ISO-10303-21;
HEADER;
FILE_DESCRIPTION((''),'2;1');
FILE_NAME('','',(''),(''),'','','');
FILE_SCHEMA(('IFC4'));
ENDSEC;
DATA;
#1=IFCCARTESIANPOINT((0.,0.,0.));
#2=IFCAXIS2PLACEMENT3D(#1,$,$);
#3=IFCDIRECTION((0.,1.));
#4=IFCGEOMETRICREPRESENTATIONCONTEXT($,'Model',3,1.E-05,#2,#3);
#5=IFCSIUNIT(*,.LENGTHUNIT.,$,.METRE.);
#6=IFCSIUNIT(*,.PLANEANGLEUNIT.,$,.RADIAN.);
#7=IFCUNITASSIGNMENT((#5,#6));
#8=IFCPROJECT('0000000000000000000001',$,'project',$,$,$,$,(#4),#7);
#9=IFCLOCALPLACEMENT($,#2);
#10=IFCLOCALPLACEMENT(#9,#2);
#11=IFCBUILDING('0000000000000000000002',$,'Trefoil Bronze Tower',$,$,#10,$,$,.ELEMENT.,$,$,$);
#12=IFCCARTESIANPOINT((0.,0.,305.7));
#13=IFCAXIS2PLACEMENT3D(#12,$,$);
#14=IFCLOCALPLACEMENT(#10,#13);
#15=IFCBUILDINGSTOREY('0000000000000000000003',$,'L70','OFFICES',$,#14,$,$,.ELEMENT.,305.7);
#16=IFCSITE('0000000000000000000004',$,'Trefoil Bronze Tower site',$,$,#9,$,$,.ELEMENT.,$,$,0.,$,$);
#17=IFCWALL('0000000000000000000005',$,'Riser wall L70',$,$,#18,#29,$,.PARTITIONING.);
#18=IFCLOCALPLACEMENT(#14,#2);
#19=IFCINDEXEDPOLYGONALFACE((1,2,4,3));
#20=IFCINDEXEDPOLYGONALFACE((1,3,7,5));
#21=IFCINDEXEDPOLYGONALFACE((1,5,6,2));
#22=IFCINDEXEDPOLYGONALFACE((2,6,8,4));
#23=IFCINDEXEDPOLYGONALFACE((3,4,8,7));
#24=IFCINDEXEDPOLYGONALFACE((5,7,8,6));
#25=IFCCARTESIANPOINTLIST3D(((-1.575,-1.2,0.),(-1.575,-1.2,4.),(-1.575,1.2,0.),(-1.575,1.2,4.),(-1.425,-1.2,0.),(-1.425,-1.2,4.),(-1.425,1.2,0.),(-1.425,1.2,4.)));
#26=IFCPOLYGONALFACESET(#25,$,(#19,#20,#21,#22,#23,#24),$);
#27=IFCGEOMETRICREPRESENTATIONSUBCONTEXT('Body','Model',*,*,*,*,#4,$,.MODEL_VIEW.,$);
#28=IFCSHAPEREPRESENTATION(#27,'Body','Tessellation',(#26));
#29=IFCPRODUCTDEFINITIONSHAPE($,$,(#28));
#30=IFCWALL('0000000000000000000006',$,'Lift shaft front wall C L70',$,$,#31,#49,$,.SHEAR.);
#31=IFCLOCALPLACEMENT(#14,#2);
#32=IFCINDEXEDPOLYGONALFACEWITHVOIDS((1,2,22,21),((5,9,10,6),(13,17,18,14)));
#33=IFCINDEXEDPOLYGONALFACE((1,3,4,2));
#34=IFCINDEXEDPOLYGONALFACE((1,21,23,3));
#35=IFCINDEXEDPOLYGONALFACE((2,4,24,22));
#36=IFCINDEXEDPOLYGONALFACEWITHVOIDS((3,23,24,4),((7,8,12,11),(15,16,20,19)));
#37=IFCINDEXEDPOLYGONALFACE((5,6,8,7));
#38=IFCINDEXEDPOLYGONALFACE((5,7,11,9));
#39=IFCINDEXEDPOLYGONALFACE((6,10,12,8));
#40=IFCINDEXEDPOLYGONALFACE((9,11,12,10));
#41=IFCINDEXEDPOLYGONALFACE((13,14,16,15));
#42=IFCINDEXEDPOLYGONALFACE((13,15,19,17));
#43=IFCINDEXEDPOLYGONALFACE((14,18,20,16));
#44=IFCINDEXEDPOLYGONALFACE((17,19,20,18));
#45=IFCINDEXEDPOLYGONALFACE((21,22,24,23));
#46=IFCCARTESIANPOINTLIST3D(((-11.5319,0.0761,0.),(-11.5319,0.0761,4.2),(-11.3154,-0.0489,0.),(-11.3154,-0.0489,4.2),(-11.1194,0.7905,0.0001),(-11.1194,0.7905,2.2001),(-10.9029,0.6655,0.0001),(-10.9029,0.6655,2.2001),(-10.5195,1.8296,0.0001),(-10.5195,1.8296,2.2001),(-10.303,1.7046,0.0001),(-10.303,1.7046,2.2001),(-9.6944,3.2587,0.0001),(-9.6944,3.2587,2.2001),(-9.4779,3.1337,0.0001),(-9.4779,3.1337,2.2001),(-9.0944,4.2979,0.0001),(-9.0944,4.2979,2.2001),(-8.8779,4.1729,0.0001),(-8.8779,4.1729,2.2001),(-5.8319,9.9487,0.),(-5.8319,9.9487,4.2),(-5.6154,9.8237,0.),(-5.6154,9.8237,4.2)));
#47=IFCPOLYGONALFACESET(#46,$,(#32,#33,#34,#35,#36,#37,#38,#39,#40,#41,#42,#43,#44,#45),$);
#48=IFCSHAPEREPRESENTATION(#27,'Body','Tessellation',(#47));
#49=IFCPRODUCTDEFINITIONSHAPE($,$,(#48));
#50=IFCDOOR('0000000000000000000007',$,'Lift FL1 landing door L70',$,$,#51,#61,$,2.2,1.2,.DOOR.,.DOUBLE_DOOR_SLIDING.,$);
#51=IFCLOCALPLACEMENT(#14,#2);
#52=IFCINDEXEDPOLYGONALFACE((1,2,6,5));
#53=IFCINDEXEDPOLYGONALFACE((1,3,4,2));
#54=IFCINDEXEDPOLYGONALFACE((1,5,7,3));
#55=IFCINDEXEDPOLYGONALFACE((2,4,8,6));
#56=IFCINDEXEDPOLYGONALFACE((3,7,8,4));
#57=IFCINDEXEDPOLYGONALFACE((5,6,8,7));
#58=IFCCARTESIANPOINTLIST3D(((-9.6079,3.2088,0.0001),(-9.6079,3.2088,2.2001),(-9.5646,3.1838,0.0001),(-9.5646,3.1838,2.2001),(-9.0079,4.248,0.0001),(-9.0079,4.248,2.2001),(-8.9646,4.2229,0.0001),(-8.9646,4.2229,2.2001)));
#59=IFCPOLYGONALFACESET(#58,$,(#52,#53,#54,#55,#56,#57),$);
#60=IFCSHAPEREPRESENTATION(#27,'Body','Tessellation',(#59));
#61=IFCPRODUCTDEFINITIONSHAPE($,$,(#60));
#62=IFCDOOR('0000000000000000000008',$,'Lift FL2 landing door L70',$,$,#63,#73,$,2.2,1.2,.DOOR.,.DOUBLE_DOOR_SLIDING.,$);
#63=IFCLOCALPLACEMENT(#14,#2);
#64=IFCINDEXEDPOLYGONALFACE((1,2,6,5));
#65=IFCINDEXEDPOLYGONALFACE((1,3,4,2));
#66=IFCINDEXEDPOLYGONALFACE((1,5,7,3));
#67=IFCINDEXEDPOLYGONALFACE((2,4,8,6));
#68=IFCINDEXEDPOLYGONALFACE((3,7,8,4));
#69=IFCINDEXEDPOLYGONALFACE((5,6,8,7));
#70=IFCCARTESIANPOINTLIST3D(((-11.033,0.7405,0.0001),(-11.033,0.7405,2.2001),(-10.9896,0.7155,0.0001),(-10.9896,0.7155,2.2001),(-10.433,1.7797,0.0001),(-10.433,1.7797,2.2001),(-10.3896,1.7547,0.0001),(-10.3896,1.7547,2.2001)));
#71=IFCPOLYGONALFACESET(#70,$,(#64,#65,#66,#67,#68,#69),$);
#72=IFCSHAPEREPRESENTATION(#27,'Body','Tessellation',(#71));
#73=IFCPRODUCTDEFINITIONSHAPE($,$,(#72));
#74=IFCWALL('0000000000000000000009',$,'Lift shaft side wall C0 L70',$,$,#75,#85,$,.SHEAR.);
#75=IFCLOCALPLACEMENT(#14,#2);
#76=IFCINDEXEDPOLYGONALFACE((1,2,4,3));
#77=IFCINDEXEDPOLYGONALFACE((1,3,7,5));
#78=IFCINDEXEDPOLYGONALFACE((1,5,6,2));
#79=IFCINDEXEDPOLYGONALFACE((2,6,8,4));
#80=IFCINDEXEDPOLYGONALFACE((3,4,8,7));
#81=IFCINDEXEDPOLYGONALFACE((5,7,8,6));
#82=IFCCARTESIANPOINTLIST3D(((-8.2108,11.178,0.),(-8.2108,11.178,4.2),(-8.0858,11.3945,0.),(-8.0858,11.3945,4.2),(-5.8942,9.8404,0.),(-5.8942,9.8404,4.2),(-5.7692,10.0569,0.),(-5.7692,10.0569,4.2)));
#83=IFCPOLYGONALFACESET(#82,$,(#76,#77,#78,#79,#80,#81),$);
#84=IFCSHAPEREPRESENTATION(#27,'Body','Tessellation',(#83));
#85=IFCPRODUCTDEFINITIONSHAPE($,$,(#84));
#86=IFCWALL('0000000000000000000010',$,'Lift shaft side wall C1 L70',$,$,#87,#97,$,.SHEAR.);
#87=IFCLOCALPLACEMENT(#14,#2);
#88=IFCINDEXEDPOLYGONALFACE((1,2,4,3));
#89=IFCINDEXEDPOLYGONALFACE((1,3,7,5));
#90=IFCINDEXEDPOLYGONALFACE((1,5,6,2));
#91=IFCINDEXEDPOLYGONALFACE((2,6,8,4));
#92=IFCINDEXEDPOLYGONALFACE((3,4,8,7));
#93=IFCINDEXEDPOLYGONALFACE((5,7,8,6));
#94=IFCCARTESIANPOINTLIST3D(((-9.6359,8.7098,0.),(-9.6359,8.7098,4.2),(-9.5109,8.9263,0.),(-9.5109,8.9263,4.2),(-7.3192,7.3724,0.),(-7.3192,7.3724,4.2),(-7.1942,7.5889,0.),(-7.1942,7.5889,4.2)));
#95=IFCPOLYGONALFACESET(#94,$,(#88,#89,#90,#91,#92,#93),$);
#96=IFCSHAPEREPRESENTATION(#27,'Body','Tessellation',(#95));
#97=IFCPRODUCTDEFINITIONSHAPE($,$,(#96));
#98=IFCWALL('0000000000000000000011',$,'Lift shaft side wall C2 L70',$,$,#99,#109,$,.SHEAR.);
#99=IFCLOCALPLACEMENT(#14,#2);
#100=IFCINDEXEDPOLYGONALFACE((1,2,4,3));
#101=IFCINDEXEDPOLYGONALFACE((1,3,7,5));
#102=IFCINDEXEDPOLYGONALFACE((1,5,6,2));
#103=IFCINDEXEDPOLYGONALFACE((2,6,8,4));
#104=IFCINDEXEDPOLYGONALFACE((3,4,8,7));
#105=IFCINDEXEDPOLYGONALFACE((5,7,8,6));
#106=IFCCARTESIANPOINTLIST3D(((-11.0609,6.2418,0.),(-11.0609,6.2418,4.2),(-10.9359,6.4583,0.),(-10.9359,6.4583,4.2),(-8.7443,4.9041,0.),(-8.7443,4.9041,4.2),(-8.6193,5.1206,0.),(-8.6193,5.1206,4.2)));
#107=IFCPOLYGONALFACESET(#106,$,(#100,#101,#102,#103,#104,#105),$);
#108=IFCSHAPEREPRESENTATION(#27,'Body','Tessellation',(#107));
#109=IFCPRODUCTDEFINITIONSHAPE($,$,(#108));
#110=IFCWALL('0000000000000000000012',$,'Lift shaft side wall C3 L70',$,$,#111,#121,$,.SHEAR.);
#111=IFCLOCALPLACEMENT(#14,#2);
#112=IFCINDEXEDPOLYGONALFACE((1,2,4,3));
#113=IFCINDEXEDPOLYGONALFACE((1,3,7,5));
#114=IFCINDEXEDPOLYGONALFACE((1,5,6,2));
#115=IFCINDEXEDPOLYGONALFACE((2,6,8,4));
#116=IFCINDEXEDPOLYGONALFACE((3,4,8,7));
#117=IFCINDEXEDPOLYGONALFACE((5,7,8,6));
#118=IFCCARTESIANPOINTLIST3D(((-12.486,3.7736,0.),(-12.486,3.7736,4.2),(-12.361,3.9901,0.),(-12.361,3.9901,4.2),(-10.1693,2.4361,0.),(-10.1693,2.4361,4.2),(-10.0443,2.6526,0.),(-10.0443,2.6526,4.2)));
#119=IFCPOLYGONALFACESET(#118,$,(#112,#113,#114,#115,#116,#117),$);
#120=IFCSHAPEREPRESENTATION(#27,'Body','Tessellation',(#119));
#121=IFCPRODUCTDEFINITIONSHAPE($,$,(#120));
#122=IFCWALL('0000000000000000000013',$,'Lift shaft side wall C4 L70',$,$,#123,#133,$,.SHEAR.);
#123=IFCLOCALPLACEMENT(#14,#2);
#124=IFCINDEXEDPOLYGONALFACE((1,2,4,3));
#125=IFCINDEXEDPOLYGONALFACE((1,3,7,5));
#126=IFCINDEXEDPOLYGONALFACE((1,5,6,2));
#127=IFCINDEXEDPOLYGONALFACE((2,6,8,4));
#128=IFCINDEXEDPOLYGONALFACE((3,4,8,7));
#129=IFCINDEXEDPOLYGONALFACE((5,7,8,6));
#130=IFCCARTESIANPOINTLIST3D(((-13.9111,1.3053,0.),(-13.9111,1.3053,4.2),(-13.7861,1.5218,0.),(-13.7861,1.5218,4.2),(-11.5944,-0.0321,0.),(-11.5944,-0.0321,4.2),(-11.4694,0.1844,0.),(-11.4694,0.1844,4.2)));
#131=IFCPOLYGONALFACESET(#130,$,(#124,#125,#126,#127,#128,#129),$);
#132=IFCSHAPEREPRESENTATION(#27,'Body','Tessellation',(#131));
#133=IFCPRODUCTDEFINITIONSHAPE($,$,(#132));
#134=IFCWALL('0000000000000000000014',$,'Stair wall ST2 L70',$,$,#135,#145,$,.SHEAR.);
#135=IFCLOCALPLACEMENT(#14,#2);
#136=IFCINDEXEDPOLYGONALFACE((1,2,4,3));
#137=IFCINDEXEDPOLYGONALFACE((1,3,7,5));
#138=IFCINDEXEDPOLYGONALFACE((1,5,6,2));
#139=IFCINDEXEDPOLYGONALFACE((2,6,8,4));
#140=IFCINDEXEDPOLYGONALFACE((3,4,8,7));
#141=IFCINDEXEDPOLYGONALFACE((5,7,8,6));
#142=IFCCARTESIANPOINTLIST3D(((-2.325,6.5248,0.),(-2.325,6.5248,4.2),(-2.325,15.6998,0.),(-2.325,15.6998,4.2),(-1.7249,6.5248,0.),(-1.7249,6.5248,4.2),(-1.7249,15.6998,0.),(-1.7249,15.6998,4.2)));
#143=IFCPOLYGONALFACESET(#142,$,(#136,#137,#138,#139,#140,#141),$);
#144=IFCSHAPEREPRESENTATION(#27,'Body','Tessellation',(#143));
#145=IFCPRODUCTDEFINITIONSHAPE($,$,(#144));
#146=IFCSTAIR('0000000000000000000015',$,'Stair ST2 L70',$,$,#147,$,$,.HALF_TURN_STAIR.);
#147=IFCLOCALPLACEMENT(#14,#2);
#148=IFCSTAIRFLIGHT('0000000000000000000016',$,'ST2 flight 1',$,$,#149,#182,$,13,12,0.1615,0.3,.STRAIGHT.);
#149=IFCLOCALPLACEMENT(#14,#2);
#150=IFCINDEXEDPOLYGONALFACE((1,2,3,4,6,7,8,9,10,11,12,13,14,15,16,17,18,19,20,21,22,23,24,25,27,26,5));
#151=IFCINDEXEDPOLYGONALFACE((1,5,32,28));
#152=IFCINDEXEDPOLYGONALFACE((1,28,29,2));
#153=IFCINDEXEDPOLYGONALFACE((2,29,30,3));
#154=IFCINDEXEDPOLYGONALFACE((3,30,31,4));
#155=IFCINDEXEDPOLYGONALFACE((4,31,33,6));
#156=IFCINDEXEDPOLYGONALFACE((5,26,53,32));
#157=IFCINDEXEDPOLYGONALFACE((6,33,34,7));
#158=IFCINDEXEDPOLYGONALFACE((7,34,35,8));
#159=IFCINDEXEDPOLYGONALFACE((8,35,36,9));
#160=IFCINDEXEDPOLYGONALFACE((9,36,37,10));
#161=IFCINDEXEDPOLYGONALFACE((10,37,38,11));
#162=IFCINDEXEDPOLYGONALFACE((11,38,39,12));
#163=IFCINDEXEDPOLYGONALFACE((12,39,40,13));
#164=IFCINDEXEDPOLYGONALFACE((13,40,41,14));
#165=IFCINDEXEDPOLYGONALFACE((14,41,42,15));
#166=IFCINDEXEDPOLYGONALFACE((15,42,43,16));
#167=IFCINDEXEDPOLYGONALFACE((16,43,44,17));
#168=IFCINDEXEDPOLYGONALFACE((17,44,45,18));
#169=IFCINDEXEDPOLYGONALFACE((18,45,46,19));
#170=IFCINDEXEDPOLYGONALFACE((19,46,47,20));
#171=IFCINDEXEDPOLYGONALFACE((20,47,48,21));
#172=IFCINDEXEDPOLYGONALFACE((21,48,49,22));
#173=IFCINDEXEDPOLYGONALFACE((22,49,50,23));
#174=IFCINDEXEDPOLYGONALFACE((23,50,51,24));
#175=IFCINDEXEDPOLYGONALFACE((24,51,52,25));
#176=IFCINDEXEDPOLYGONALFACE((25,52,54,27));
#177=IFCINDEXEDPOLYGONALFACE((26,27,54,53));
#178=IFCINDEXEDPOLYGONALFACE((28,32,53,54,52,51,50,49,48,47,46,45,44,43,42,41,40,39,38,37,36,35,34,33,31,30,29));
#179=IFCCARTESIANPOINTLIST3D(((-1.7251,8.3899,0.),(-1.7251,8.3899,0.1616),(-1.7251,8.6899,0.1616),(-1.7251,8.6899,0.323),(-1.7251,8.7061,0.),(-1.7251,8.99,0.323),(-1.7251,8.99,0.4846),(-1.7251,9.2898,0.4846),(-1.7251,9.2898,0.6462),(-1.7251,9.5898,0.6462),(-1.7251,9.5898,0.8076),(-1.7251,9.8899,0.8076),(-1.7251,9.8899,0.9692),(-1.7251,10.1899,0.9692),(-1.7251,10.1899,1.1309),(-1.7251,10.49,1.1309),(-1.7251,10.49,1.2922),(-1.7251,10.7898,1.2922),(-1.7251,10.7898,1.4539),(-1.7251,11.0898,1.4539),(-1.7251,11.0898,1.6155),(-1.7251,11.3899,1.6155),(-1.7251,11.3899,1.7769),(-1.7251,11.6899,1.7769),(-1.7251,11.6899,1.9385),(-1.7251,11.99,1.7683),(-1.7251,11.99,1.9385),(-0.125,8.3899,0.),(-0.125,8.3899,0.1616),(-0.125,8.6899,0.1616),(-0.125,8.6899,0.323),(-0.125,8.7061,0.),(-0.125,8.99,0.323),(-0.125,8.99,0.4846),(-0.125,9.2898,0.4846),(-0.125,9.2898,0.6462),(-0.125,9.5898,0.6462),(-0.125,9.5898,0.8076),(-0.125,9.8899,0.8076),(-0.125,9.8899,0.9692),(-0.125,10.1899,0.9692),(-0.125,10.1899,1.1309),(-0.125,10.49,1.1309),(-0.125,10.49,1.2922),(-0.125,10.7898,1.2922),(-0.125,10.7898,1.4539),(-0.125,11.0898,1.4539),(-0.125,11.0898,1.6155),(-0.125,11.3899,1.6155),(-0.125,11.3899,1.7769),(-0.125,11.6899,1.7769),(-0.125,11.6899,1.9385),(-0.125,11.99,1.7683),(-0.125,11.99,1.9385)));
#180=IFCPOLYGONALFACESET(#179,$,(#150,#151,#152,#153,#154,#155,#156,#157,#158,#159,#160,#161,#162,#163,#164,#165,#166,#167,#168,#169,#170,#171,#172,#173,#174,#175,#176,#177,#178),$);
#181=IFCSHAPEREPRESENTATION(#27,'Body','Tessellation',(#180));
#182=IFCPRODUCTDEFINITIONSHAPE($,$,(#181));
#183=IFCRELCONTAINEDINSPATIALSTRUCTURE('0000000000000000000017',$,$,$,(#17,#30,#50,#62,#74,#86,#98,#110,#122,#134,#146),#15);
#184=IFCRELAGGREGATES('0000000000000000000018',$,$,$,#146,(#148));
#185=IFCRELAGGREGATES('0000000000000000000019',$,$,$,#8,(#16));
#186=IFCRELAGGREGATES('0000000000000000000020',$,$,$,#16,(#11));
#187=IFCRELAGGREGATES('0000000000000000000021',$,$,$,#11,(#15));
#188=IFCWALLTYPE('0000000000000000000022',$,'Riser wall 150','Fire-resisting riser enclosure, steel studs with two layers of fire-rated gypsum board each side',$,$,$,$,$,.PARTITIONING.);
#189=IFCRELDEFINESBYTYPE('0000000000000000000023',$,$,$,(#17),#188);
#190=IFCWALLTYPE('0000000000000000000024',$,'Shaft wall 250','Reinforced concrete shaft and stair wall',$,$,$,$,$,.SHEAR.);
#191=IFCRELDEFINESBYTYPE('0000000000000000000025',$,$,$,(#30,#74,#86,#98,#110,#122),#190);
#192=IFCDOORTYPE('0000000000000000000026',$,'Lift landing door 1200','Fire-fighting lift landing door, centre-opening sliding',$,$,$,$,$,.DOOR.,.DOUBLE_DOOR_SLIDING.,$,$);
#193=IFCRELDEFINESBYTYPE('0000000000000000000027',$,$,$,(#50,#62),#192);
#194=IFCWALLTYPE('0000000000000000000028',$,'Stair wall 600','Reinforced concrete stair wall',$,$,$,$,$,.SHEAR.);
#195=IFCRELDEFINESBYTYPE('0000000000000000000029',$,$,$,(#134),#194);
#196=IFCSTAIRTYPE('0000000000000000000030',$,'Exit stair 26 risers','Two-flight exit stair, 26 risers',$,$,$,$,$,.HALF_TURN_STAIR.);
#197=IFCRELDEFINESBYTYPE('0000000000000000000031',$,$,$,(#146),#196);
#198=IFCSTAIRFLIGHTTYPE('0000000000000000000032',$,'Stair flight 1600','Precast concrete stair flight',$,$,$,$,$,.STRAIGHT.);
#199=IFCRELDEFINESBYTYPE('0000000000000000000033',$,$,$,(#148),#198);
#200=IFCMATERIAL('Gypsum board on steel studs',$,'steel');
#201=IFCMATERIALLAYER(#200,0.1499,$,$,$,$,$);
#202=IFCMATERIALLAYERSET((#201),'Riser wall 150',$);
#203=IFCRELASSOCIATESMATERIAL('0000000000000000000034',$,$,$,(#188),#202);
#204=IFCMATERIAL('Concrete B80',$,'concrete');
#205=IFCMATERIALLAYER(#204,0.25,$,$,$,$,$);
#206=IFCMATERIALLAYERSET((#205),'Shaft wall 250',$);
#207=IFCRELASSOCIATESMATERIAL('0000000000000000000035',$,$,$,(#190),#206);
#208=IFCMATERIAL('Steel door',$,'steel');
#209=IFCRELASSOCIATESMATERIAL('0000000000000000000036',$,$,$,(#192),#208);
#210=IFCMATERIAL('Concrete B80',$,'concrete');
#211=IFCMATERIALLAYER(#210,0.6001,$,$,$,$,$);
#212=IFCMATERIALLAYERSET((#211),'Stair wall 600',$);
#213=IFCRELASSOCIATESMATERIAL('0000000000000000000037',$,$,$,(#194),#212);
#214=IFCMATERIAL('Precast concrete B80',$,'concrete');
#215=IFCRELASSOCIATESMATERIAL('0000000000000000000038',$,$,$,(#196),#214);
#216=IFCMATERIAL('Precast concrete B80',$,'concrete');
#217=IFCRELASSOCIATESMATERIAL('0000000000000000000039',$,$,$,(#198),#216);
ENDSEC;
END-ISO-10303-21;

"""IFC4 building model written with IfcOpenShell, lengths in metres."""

from ifc_helpers import new_model, si_unit, direction, frame, frame_2d, origin, place, context, subcontext, project, spatial, polyline, rectangle, outline, extrude, material, layer, layer_set, type_object, element, fill, aggregate, save


model = new_model("IFC4")

# Units and contexts
model_context = context("Model", 3, precision=1e-05, world=origin(), true_north=direction((0.0, 1.0)))
body_context = subcontext(model_context, "Body", "Model", "MODEL_VIEW")
ifc_project = project(units=[si_unit("LENGTHUNIT", "METRE"), si_unit("PLANEANGLEUNIT", "RADIAN")], contexts=[model_context])

# Site, building, storey
site_placement = place(None, origin())
site = spatial("IfcSite", under=ifc_project, at=site_placement, Name="Trefoil Bronze Tower site", CompositionType="ELEMENT", RefElevation=0.0)
building_placement = place(site_placement, origin())
building = spatial("IfcBuilding", under=site, at=building_placement, Name="Trefoil Bronze Tower", CompositionType="ELEMENT")
storey_placement = place(building_placement, frame((0.0, 0.0, 305.7)))
storey = spatial("IfcBuildingStorey", under=building, at=storey_placement, Name="L70", Description="OFFICES", CompositionType="ELEMENT", Elevation=305.7)

# Wall
ifc_material_1 = material(Name="Gypsum board on steel studs", Category="steel")
ifc_layer_1 = layer(ifc_material_1, 0.1499)
ifc_layer_set_1 = layer_set([ifc_layer_1], Name="Riser wall 150")
wall_type_1 = type_object("IfcWallType", Name="Riser wall 150", Description="Fire-resisting riser enclosure, steel studs with two layers of fire-rated gypsum board each side", PredefinedType="PARTITIONING", material=ifc_layer_set_1)
wall_1_placement = place(storey_placement, frame((-1.5, 1.2, 0.0), z_axis=(0.0, 0.0, 1.0), x_axis=(0.0, -1.0, 0.0)))
element("IfcWall", 1, at=wall_1_placement, inside=storey, type_object=wall_type_1, Name="Riser wall L70", PredefinedType="PARTITIONING", context=body_context, shape_type="SweptSolid", body=[
    extrude(rectangle(XDim=2.3999, YDim=0.1499, at=frame_2d((1.2, 0.0))), origin(), (0.0, 0.0, 1.0), 4.0),
])

# Wall, openings, doors
ifc_material_2 = material(Name="Concrete B80", Category="concrete")
ifc_layer_2 = layer(ifc_material_2, 0.25)
ifc_layer_set_2 = layer_set([ifc_layer_2], Name="Shaft wall 250")
wall_type_2 = type_object("IfcWallType", Name="Shaft wall 250", Description="Reinforced concrete shaft and stair wall", PredefinedType="SHEAR", material=ifc_layer_set_2)
wall_2_placement = place(storey_placement, frame((-5.7236, 9.8862, 0.0), z_axis=(0.0, 0.0, 1.0), x_axis=(-0.500002, -0.866024, 0.0)))
wall_2 = element("IfcWall", 2, at=wall_2_placement, inside=storey, type_object=wall_type_2, Name="Lift shaft front wall C L70", PredefinedType="SHEAR", context=body_context, shape_type="SweptSolid", body=[
    extrude(rectangle(XDim=11.3999, YDim=0.25, at=frame_2d((5.7, 0.0))), origin(), (0.0, 0.0, 1.0), 4.2),
])
opening_1_placement = place(wall_2_placement, frame((6.5249, 0.0, 0.0)))
opening_1 = element("IfcOpeningElement", 3, at=opening_1_placement, cuts=wall_2, PredefinedType="OPENING", context=body_context, shape_type="SweptSolid", body=[
    extrude(rectangle(XDim=1.2, YDim=2.2, at=frame_2d((0.6001, 1.1001))), frame((0.0, 0.135, 0.0), z_axis=(0.0, -1.0, 0.0), x_axis=(1.0, 0.0, 0.0)), (0.0, 0.0, 1.0), 0.27),
])
opening_2_placement = place(wall_2_placement, frame((9.375, 0.0, 0.0)))
opening_2 = element("IfcOpeningElement", 4, at=opening_2_placement, cuts=wall_2, PredefinedType="OPENING", context=body_context, shape_type="SweptSolid", body=[
    extrude(rectangle(XDim=1.2, YDim=2.2, at=frame_2d((0.6001, 1.1001))), frame((0.0, 0.135, 0.0), z_axis=(0.0, -1.0, 0.0), x_axis=(1.0, 0.0, 0.0)), (0.0, 0.0, 1.0), 0.27),
])
ifc_material_3 = material(Name="Steel door", Category="steel")
door_type_1 = type_object("IfcDoorType", Name="Lift landing door 1200", Description="Fire-fighting lift landing door, centre-opening sliding", OperationType="DOUBLE_DOOR_SLIDING", PredefinedType="DOOR", material=ifc_material_3)
door_1_placement = place(opening_1_placement, origin())
door_1 = element("IfcDoor", 5, at=door_1_placement, inside=storey, type_object=door_type_1, Name="Lift FL1 landing door L70", OperationType="DOUBLE_DOOR_SLIDING", OverallHeight=2.2, OverallWidth=1.2, PredefinedType="DOOR", context=body_context, shape_type="SweptSolid", body=[
    extrude(rectangle(XDim=1.2, YDim=2.2, at=frame_2d((0.6001, 1.1001))), frame((0.0, 0.0249, 0.0), z_axis=(0.0, -1.0, 0.0), x_axis=(1.0, 0.0, 0.0)), (0.0, 0.0, 1.0), 0.05),
])
fill(opening_1, door_1)
door_2_placement = place(opening_2_placement, origin())
door_2 = element("IfcDoor", 6, at=door_2_placement, inside=storey, type_object=door_type_1, Name="Lift FL2 landing door L70", OperationType="DOUBLE_DOOR_SLIDING", OverallHeight=2.2, OverallWidth=1.2, PredefinedType="DOOR", context=body_context, shape_type="SweptSolid", body=[
    extrude(rectangle(XDim=1.2, YDim=2.2, at=frame_2d((0.6001, 1.1001))), frame((0.0, 0.0249, 0.0), z_axis=(0.0, -1.0, 0.0), x_axis=(1.0, 0.0, 0.0)), (0.0, 0.0, 1.0), 0.05),
])
fill(opening_2, door_2)

# Walls
for number, where, z_axis, x_axis, name in (
    (7, (-5.8318, 9.9487, 0.0), (0.0, 0.0, 1.0), (-0.866005, 0.500036, 0.0), "Lift shaft side wall C0 L70"),
    (8, (-7.2568, 7.4807, 0.0), (0.0, 0.0, 1.0), (-0.866044, 0.499967, 0.0), "Lift shaft side wall C1 L70"),
    (9, (-8.6819, 5.0125, 0.0), (0.0, 0.0, 1.0), (-0.866005, 0.500036, 0.0), "Lift shaft side wall C2 L70"),
    (10, (-10.1069, 2.5444, 0.0), (0.0, 0.0, 1.0), (-0.866044, 0.499967, 0.0), "Lift shaft side wall C3 L70"),
    (11, (-11.532, 0.0762, 0.0), (0.0, 0.0, 1.0), (-0.866044, 0.499967, 0.0), "Lift shaft side wall C4 L70"),
):
    element("IfcWall", number, at=place(storey_placement, frame(where, z_axis=z_axis, x_axis=x_axis)), inside=storey, type_object=wall_type_2, Name=name, PredefinedType="SHEAR", context=body_context, shape_type="SweptSolid", body=[
        extrude(rectangle(XDim=2.675, YDim=0.25, at=frame_2d((1.3374, 0.0))), origin(), (0.0, 0.0, 1.0), 4.2),
    ])
ifc_material_4 = material(Name="Concrete B80", Category="concrete")
ifc_layer_3 = layer(ifc_material_4, 0.6001)
ifc_layer_set_3 = layer_set([ifc_layer_3], Name="Stair wall 600")
wall_type_3 = type_object("IfcWallType", Name="Stair wall 600", Description="Reinforced concrete stair wall", PredefinedType="SHEAR", material=ifc_layer_set_3)
wall_3_placement = place(storey_placement, frame((-2.0249, 6.5249, 0.0), z_axis=(0.0, 0.0, 1.0), x_axis=(0.0, 1.0, 0.0)))
element("IfcWall", 12, at=wall_3_placement, inside=storey, type_object=wall_type_3, Name="Stair wall ST2 L70", PredefinedType="SHEAR", context=body_context, shape_type="SweptSolid", body=[
    extrude(rectangle(XDim=9.175, YDim=0.6001, at=frame_2d((4.5874, 0.0))), origin(), (0.0, 0.0, 1.0), 4.2),
])

# Stair, stair flight
ifc_material_5 = material(Name="Precast concrete B80", Category="concrete")
stair_type = type_object("IfcStairType", Name="Exit stair 26 risers", Description="Two-flight exit stair, 26 risers", PredefinedType="HALF_TURN_STAIR", material=ifc_material_5)
stair_placement = place(storey_placement, origin())
stair = element("IfcStair", 13, at=stair_placement, inside=storey, type_object=stair_type, Name="Stair ST2 L70", PredefinedType="HALF_TURN_STAIR")
ifc_material_6 = material(Name="Precast concrete B80", Category="concrete")
stair_flight_type = type_object("IfcStairFlightType", Name="Stair flight 1600", Description="Precast concrete stair flight", PredefinedType="STRAIGHT", material=ifc_material_6)
stair_flight_placement = place(storey_placement, frame((-0.925, 8.3899, 0.0), z_axis=(0.0, 0.0, 1.0), x_axis=(0.0, 1.0, 0.0)))
stair_flight = element("IfcStairFlight", 14, at=stair_flight_placement, type_object=stair_flight_type, Name="ST2 flight 1", NumberOfRisers=13, NumberOfTreads=12, PredefinedType="STRAIGHT", RiserHeight=0.1615, TreadLength=0.3, context=body_context, shape_type="SweptSolid", body=[
    extrude(outline(polyline([(0.0, 0.0), (0.0, 0.1616), (0.3, 0.1616), (0.3, 0.323), (0.6001, 0.323), (0.6001, 0.4846), (0.8999, 0.4846), (0.8999, 0.6462), (1.2, 0.6462), (1.2, 0.8076), (1.5, 0.8076), (1.5, 0.9692), (1.8, 0.9692), (1.8, 1.1309), (2.1001, 1.1309), (2.1001, 1.2922), (2.3999, 1.2922), (2.3999, 1.4539), (2.7, 1.4539), (2.7, 1.6155), (3.0, 1.6155), (3.0, 1.7769), (3.3, 1.7769), (3.3, 1.9385), (3.6001, 1.9385), (3.6001, 2.1001), (3.6001, 1.7683), (0.3162, 0.0), (0.0, 0.0)])), frame((0.0, 0.8, 0.0), z_axis=(0.0, -1.0, 0.0), x_axis=(1.0, 0.0, 0.0)), (0.0, 0.0, 1.0), 1.6001),
])
aggregate(stair, [stair_flight])

save(model, "model.ifc")
